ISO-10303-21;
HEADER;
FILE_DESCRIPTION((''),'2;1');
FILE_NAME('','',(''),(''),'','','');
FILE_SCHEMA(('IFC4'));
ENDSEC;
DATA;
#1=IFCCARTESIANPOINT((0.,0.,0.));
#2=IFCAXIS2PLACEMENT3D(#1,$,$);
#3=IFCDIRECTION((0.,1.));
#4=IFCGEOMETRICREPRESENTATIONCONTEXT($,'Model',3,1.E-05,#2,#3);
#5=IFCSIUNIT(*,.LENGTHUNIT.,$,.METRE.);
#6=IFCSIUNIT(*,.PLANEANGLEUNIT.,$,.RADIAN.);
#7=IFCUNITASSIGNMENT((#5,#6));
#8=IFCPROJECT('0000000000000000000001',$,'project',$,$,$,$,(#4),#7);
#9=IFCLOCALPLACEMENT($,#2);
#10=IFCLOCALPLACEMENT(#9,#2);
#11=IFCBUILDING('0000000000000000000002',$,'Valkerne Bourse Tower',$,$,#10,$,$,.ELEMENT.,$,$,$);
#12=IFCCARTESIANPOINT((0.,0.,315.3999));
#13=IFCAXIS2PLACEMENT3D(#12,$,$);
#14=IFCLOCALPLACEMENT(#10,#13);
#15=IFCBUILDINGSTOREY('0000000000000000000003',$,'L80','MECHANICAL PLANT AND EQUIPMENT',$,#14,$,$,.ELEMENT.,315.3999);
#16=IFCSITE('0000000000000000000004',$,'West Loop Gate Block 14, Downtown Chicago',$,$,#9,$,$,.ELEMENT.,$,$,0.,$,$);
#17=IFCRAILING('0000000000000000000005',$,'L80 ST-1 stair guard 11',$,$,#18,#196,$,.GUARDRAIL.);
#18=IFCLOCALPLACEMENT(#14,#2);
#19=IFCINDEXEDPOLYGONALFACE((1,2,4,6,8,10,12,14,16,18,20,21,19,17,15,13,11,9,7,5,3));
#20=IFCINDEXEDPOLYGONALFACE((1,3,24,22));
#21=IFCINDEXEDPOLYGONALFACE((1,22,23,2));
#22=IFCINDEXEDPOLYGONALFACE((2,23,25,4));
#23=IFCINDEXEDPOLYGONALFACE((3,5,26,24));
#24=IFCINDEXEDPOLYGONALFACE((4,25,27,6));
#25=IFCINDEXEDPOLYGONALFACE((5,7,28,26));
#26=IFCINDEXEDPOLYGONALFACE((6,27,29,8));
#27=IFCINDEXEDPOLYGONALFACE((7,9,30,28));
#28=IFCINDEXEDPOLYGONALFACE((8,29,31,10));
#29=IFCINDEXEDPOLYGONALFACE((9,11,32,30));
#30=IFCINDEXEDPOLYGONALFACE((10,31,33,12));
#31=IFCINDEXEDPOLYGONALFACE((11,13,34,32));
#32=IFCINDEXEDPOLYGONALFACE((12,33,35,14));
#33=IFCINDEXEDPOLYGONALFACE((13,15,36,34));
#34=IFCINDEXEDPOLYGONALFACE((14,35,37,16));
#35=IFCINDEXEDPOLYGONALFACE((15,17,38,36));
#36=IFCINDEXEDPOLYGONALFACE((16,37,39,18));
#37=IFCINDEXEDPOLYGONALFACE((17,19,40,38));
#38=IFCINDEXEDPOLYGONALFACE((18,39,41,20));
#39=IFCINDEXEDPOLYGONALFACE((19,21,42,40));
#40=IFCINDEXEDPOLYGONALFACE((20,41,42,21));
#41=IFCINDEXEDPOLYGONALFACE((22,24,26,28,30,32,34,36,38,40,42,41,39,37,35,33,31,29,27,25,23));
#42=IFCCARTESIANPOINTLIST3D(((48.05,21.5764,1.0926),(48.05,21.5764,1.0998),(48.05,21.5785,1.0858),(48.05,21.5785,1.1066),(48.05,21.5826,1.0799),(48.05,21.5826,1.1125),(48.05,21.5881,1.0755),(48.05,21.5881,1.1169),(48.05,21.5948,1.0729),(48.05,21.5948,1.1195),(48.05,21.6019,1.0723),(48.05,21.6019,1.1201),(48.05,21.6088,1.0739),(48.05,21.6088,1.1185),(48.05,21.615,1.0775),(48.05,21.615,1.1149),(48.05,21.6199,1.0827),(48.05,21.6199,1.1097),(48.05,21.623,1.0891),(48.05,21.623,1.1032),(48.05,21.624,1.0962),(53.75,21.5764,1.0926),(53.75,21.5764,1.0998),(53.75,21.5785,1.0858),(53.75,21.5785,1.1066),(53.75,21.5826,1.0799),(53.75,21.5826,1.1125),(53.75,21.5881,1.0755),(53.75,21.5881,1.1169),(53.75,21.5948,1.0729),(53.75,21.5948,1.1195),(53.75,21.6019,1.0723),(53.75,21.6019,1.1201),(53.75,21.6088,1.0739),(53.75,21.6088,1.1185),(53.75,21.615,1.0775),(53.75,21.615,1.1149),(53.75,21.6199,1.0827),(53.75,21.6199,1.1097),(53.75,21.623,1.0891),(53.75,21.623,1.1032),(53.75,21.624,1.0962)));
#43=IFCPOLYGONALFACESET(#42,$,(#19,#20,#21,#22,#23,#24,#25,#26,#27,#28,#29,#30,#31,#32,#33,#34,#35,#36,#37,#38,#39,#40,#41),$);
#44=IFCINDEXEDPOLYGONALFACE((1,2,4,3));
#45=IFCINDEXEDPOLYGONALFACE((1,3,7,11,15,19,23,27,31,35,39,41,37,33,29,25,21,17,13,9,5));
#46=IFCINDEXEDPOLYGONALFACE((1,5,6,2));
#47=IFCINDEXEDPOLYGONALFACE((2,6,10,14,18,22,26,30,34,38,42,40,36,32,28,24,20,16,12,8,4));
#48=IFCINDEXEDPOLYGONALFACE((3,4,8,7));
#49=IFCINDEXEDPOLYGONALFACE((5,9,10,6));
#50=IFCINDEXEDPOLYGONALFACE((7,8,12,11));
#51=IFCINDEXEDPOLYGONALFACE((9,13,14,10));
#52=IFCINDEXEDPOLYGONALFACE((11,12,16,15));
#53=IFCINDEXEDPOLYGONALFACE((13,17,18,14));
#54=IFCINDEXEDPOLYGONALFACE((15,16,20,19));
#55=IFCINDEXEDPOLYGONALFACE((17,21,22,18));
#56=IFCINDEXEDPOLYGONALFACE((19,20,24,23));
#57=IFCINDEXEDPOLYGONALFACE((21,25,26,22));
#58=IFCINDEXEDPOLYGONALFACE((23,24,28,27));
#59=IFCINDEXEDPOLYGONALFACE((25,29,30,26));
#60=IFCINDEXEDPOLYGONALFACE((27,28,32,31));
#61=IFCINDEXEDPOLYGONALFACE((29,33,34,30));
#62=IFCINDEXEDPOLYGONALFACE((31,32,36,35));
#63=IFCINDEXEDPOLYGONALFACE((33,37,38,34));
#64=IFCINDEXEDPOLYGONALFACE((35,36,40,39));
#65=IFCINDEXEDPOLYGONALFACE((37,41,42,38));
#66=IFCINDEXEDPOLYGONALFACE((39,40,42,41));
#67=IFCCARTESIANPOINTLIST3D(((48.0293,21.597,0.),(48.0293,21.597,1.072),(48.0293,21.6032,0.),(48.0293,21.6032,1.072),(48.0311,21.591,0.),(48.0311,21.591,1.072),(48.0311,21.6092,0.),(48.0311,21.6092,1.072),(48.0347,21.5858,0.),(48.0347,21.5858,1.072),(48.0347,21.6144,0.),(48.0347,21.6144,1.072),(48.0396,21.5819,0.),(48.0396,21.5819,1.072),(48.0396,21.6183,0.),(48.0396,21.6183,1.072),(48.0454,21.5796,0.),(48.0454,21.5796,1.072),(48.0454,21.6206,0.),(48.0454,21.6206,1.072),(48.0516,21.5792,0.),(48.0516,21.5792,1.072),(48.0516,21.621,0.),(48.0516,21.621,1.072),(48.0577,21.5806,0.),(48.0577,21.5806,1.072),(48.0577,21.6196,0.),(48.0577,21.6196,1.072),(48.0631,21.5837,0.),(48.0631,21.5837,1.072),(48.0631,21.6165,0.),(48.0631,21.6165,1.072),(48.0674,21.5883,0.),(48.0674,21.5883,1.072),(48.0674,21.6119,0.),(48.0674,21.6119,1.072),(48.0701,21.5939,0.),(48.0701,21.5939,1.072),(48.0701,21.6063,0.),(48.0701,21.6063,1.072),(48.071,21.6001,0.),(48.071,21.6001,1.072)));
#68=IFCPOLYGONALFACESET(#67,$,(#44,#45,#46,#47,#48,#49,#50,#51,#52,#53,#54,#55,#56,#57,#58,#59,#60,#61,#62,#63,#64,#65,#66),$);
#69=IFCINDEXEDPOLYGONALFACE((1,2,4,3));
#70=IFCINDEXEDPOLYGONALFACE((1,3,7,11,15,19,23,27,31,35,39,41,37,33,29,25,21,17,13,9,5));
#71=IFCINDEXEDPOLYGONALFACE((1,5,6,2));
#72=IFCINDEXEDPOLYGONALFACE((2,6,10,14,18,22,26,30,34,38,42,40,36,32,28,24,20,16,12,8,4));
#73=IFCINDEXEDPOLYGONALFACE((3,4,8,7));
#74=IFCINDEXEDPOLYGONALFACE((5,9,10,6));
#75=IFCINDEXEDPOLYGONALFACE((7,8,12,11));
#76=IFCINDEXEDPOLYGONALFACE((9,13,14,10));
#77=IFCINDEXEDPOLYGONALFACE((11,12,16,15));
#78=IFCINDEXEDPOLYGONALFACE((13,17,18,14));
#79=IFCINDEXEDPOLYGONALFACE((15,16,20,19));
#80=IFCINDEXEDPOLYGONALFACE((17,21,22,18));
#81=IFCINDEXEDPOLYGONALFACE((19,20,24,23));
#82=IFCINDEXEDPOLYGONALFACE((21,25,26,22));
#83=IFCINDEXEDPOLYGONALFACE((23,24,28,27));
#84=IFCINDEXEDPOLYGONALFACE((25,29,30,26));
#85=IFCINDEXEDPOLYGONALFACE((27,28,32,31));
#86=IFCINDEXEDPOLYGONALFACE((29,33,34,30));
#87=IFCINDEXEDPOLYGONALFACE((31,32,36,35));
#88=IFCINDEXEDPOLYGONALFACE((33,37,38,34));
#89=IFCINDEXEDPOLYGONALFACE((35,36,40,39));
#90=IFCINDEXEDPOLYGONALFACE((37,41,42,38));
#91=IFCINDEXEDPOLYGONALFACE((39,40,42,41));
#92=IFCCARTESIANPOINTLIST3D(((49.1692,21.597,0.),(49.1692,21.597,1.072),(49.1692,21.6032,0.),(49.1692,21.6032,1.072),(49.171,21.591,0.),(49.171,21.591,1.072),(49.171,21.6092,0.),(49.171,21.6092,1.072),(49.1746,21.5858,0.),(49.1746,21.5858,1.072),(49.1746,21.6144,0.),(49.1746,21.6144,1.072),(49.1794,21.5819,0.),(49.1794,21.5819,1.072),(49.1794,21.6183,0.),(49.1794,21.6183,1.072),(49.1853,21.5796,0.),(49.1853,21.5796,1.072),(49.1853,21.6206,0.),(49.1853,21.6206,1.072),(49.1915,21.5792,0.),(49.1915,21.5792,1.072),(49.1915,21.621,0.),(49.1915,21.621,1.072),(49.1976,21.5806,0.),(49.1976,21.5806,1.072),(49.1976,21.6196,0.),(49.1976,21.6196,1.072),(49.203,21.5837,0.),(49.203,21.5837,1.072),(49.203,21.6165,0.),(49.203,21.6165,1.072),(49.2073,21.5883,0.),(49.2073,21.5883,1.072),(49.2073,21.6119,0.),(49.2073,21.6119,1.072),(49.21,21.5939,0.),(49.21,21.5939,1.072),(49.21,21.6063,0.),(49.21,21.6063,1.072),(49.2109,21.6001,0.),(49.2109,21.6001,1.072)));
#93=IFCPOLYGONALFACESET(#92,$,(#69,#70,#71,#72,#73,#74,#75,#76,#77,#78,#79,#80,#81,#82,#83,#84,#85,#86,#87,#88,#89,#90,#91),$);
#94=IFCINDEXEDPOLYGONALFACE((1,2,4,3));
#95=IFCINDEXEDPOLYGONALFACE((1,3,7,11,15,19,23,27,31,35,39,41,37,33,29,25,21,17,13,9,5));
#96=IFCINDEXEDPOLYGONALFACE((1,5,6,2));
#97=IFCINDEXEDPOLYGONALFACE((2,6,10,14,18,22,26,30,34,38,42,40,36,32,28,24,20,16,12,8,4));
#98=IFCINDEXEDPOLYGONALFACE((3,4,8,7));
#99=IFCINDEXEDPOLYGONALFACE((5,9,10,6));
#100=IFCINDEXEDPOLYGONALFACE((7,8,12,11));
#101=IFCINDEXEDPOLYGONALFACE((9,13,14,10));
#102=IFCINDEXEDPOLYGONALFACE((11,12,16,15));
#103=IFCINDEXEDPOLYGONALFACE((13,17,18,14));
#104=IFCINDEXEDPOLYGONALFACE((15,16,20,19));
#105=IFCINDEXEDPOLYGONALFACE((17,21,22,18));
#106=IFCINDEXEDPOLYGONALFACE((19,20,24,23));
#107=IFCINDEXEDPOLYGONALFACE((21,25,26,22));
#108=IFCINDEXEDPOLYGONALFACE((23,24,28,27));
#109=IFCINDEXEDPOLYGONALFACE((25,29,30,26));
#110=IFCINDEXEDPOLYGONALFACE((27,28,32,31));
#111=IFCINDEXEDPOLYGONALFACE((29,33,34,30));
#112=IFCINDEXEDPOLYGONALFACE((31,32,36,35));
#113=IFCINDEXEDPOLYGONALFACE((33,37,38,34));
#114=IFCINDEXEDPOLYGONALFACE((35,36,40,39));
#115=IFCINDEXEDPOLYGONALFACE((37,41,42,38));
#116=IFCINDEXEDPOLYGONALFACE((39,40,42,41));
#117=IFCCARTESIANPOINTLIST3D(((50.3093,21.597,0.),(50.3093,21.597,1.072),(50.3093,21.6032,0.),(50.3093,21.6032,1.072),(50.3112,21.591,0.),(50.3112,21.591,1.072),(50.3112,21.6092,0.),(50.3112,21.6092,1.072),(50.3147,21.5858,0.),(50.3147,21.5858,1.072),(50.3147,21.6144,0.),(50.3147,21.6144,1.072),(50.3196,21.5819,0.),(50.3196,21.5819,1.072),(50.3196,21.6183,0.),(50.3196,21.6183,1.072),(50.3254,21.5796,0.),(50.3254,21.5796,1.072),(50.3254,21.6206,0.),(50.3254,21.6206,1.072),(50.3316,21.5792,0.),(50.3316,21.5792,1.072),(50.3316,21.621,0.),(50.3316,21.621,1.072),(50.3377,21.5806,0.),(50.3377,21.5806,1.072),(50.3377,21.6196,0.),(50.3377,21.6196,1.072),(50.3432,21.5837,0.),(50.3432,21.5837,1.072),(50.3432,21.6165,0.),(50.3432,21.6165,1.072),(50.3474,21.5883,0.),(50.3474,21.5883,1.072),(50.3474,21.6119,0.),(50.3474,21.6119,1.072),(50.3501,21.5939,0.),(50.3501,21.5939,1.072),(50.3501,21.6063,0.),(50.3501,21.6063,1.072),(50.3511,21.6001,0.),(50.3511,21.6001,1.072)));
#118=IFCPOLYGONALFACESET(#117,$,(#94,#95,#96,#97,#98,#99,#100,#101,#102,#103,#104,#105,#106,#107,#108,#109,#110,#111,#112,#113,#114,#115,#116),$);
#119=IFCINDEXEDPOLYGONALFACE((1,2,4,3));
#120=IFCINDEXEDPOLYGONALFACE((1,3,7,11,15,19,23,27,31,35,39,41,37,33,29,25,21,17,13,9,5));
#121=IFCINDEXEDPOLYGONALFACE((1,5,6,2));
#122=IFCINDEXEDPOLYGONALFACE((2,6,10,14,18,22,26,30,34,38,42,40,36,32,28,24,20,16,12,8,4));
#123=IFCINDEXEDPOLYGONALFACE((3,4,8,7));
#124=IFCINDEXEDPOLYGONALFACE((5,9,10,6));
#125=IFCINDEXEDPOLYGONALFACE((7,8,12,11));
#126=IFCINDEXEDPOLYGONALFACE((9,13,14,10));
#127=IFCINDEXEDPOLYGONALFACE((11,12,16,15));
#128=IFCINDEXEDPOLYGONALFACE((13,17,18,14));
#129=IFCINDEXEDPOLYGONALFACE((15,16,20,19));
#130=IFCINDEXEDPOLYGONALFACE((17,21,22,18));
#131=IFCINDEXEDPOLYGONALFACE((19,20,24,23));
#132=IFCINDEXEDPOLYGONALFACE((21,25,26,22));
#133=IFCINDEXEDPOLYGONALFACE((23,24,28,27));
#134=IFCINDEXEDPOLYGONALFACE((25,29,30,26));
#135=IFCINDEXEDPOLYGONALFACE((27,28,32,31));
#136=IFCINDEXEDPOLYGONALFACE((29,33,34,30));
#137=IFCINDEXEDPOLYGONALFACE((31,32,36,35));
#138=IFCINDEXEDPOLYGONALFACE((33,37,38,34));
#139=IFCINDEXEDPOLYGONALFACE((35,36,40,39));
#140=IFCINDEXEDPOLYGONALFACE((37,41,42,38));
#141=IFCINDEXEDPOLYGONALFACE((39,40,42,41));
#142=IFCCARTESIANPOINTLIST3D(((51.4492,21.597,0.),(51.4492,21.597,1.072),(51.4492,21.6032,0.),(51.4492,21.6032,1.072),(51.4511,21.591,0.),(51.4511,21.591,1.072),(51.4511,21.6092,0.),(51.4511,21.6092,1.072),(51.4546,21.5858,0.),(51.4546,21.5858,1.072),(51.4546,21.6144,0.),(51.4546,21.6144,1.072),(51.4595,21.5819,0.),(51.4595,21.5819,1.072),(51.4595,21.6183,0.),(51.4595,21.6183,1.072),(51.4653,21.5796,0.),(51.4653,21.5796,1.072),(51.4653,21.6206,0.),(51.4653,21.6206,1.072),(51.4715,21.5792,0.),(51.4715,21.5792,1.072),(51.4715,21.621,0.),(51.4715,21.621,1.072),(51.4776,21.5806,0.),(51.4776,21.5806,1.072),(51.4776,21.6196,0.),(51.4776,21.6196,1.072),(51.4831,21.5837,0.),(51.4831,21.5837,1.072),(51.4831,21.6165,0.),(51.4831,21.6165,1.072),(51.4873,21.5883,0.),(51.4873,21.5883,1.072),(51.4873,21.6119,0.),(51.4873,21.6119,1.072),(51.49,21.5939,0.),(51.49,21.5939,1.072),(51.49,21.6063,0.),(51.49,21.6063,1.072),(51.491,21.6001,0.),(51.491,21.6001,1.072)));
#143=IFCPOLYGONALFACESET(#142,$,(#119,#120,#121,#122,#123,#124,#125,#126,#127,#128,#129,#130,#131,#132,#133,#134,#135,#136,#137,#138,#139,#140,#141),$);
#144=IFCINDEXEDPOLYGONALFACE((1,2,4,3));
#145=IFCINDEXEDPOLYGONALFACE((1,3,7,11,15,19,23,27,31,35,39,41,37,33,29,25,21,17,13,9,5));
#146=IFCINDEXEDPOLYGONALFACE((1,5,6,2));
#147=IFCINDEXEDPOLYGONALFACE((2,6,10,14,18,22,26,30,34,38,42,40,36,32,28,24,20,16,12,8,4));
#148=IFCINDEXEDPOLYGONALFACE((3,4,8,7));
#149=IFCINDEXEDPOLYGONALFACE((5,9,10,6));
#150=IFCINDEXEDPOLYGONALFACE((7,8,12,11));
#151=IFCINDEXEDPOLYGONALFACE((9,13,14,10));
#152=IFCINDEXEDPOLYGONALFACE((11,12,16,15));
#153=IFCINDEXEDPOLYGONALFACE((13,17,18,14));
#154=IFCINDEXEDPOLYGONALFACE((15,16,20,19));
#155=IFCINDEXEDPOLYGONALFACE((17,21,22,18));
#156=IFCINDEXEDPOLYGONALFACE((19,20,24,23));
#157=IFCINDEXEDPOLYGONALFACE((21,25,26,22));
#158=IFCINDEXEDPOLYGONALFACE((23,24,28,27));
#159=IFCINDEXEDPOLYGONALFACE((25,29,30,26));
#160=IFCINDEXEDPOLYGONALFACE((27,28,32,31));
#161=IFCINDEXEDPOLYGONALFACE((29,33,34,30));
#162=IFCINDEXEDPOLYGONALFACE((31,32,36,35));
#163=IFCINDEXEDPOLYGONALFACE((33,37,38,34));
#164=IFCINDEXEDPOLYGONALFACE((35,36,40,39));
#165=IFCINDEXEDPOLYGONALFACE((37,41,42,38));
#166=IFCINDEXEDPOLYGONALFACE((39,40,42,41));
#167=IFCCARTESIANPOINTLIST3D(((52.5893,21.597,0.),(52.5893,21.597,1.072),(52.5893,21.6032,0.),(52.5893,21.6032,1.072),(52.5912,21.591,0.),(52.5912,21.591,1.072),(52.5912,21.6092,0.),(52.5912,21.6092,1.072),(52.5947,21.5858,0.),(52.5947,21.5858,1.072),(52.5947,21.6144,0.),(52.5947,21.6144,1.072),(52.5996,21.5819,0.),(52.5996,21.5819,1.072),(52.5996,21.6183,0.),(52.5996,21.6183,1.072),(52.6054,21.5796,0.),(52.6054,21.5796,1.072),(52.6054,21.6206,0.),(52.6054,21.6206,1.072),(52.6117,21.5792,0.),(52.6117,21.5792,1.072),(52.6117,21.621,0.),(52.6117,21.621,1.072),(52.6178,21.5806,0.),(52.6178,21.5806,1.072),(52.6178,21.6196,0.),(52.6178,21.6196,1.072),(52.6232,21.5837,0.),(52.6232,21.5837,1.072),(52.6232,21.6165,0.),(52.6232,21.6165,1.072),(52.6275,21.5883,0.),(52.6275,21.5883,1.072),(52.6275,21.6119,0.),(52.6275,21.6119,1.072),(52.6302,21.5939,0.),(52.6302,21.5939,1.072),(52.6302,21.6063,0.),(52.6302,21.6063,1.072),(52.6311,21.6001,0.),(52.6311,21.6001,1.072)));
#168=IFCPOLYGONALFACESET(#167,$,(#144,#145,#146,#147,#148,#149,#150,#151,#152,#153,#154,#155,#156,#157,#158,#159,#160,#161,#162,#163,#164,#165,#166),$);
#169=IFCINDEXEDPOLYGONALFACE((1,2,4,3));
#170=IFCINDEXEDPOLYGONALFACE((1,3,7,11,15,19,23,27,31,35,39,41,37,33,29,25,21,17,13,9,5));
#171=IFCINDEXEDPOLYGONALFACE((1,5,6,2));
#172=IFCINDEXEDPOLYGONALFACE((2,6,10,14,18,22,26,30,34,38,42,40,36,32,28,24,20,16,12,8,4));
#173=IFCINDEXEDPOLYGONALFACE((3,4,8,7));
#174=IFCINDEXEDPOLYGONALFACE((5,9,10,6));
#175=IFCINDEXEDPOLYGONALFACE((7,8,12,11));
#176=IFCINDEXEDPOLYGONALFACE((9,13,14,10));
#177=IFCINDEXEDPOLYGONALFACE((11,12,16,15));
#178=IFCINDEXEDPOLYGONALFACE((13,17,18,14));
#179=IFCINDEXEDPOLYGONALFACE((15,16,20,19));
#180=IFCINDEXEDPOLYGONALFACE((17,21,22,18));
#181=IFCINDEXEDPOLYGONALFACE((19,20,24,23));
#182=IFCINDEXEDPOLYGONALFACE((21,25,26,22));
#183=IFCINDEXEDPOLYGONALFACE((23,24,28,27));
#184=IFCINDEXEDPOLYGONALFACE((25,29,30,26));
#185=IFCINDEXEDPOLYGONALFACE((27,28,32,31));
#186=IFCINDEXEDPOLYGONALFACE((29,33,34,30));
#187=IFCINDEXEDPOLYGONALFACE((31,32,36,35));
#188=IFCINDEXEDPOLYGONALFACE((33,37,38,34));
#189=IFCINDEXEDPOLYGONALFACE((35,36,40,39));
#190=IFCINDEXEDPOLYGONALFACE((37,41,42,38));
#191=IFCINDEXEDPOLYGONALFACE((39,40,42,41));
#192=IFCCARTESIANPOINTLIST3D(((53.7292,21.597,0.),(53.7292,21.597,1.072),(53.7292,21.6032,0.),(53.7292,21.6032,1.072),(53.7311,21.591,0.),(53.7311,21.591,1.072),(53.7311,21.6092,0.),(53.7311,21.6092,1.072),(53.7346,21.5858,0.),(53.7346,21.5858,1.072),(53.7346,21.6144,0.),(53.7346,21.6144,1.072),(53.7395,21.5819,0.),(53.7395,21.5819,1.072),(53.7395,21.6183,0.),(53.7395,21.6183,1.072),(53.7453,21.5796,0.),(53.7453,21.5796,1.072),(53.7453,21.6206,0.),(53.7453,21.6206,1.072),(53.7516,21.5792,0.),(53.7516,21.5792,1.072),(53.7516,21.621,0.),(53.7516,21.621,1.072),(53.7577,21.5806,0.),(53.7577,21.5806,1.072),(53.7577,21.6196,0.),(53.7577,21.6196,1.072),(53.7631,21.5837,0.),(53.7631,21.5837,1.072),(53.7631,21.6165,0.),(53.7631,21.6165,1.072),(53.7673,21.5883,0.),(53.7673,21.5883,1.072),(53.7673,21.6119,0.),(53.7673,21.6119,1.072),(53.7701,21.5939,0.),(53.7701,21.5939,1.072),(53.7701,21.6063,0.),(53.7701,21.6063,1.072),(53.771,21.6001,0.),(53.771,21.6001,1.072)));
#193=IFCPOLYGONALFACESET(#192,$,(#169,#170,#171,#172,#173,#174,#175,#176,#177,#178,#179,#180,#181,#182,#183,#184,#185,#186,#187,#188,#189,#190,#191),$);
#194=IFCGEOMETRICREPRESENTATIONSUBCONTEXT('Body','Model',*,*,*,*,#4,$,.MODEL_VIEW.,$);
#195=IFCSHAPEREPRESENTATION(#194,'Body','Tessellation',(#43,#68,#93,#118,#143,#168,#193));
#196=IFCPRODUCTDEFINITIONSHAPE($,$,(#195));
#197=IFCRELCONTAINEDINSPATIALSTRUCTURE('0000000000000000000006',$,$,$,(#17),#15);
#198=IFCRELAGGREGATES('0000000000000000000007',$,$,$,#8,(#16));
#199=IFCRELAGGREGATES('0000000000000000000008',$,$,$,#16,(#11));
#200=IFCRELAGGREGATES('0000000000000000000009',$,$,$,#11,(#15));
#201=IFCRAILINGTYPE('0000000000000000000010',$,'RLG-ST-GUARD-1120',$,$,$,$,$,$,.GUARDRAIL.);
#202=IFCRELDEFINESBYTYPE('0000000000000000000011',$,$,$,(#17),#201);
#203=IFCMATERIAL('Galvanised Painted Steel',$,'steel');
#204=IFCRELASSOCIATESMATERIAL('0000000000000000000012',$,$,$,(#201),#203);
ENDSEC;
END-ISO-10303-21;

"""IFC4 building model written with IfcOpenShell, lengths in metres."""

from ifc_helpers import new_model, si_unit, direction, frame, origin, origin_2d, place, context, subcontext, project, spatial, circle, extrude, material, type_object, element, save


model = new_model("IFC4")

# Units and contexts
model_context = context("Model", 3, precision=1e-05, world=origin(), true_north=direction((0.0, 1.0)))
body_context = subcontext(model_context, "Body", "Model", "MODEL_VIEW")
ifc_project = project(units=[si_unit("LENGTHUNIT", "METRE"), si_unit("PLANEANGLEUNIT", "RADIAN")], contexts=[model_context])

# Site, building, storey
site_placement = place(None, origin())
site = spatial("IfcSite", under=ifc_project, at=site_placement, Name="West Loop Gate Block 14, Downtown Chicago", CompositionType="ELEMENT", RefElevation=0.0)
building_placement = place(site_placement, origin())
building = spatial("IfcBuilding", under=site, at=building_placement, Name="Valkerne Bourse Tower", CompositionType="ELEMENT")
storey_placement = place(building_placement, frame((0.0, 0.0, 315.3999)))
storey = spatial("IfcBuildingStorey", under=building, at=storey_placement, Name="L80", Description="MECHANICAL PLANT AND EQUIPMENT", CompositionType="ELEMENT", Elevation=315.3999)

# Railing
ifc_material_1 = material(Name="Galvanised Painted Steel", Category="steel")
railing_type_1 = type_object("IfcRailingType", Name="RLG-ST-GUARD-1120", PredefinedType="GUARDRAIL", material=ifc_material_1)
for number, where, name in (
    (1, (48.05, 21.6001, 0.0), "L80 ST-1 stair guard 11"),
):
    element("IfcRailing", number, at=place(storey_placement, frame(where)), inside=storey, type_object=railing_type_1, Name=name, PredefinedType="GUARDRAIL", context=body_context, shape_type="SweptSolid", body=[
        extrude(circle(Radius=0.0239, at=origin_2d()), frame((0.0, 0.0, 1.0962), z_axis=(1.0, 0.0, 0.0), x_axis=(0.0, 1.0, 0.0)), (0.0, 0.0, 1.0), 5.7),
        extrude(circle(Radius=0.021, at=origin_2d()), origin(), (0.0, 0.0, 1.0), 1.072),
        extrude(circle(Radius=0.021, at=origin_2d()), frame((1.1399, 0.0, 0.0)), (0.0, 0.0, 1.0), 1.072),
        extrude(circle(Radius=0.021, at=origin_2d()), frame((2.28, 0.0, 0.0)), (0.0, 0.0, 1.0), 1.072),
        extrude(circle(Radius=0.021, at=origin_2d()), frame((3.4199, 0.0, 0.0)), (0.0, 0.0, 1.0), 1.072),
        extrude(circle(Radius=0.021, at=origin_2d()), frame((4.5601, 0.0, 0.0)), (0.0, 0.0, 1.0), 1.072),
        extrude(circle(Radius=0.021, at=origin_2d()), frame((5.7, 0.0, 0.0)), (0.0, 0.0, 1.0), 1.072),
    ])

save(model, "model.ifc")
